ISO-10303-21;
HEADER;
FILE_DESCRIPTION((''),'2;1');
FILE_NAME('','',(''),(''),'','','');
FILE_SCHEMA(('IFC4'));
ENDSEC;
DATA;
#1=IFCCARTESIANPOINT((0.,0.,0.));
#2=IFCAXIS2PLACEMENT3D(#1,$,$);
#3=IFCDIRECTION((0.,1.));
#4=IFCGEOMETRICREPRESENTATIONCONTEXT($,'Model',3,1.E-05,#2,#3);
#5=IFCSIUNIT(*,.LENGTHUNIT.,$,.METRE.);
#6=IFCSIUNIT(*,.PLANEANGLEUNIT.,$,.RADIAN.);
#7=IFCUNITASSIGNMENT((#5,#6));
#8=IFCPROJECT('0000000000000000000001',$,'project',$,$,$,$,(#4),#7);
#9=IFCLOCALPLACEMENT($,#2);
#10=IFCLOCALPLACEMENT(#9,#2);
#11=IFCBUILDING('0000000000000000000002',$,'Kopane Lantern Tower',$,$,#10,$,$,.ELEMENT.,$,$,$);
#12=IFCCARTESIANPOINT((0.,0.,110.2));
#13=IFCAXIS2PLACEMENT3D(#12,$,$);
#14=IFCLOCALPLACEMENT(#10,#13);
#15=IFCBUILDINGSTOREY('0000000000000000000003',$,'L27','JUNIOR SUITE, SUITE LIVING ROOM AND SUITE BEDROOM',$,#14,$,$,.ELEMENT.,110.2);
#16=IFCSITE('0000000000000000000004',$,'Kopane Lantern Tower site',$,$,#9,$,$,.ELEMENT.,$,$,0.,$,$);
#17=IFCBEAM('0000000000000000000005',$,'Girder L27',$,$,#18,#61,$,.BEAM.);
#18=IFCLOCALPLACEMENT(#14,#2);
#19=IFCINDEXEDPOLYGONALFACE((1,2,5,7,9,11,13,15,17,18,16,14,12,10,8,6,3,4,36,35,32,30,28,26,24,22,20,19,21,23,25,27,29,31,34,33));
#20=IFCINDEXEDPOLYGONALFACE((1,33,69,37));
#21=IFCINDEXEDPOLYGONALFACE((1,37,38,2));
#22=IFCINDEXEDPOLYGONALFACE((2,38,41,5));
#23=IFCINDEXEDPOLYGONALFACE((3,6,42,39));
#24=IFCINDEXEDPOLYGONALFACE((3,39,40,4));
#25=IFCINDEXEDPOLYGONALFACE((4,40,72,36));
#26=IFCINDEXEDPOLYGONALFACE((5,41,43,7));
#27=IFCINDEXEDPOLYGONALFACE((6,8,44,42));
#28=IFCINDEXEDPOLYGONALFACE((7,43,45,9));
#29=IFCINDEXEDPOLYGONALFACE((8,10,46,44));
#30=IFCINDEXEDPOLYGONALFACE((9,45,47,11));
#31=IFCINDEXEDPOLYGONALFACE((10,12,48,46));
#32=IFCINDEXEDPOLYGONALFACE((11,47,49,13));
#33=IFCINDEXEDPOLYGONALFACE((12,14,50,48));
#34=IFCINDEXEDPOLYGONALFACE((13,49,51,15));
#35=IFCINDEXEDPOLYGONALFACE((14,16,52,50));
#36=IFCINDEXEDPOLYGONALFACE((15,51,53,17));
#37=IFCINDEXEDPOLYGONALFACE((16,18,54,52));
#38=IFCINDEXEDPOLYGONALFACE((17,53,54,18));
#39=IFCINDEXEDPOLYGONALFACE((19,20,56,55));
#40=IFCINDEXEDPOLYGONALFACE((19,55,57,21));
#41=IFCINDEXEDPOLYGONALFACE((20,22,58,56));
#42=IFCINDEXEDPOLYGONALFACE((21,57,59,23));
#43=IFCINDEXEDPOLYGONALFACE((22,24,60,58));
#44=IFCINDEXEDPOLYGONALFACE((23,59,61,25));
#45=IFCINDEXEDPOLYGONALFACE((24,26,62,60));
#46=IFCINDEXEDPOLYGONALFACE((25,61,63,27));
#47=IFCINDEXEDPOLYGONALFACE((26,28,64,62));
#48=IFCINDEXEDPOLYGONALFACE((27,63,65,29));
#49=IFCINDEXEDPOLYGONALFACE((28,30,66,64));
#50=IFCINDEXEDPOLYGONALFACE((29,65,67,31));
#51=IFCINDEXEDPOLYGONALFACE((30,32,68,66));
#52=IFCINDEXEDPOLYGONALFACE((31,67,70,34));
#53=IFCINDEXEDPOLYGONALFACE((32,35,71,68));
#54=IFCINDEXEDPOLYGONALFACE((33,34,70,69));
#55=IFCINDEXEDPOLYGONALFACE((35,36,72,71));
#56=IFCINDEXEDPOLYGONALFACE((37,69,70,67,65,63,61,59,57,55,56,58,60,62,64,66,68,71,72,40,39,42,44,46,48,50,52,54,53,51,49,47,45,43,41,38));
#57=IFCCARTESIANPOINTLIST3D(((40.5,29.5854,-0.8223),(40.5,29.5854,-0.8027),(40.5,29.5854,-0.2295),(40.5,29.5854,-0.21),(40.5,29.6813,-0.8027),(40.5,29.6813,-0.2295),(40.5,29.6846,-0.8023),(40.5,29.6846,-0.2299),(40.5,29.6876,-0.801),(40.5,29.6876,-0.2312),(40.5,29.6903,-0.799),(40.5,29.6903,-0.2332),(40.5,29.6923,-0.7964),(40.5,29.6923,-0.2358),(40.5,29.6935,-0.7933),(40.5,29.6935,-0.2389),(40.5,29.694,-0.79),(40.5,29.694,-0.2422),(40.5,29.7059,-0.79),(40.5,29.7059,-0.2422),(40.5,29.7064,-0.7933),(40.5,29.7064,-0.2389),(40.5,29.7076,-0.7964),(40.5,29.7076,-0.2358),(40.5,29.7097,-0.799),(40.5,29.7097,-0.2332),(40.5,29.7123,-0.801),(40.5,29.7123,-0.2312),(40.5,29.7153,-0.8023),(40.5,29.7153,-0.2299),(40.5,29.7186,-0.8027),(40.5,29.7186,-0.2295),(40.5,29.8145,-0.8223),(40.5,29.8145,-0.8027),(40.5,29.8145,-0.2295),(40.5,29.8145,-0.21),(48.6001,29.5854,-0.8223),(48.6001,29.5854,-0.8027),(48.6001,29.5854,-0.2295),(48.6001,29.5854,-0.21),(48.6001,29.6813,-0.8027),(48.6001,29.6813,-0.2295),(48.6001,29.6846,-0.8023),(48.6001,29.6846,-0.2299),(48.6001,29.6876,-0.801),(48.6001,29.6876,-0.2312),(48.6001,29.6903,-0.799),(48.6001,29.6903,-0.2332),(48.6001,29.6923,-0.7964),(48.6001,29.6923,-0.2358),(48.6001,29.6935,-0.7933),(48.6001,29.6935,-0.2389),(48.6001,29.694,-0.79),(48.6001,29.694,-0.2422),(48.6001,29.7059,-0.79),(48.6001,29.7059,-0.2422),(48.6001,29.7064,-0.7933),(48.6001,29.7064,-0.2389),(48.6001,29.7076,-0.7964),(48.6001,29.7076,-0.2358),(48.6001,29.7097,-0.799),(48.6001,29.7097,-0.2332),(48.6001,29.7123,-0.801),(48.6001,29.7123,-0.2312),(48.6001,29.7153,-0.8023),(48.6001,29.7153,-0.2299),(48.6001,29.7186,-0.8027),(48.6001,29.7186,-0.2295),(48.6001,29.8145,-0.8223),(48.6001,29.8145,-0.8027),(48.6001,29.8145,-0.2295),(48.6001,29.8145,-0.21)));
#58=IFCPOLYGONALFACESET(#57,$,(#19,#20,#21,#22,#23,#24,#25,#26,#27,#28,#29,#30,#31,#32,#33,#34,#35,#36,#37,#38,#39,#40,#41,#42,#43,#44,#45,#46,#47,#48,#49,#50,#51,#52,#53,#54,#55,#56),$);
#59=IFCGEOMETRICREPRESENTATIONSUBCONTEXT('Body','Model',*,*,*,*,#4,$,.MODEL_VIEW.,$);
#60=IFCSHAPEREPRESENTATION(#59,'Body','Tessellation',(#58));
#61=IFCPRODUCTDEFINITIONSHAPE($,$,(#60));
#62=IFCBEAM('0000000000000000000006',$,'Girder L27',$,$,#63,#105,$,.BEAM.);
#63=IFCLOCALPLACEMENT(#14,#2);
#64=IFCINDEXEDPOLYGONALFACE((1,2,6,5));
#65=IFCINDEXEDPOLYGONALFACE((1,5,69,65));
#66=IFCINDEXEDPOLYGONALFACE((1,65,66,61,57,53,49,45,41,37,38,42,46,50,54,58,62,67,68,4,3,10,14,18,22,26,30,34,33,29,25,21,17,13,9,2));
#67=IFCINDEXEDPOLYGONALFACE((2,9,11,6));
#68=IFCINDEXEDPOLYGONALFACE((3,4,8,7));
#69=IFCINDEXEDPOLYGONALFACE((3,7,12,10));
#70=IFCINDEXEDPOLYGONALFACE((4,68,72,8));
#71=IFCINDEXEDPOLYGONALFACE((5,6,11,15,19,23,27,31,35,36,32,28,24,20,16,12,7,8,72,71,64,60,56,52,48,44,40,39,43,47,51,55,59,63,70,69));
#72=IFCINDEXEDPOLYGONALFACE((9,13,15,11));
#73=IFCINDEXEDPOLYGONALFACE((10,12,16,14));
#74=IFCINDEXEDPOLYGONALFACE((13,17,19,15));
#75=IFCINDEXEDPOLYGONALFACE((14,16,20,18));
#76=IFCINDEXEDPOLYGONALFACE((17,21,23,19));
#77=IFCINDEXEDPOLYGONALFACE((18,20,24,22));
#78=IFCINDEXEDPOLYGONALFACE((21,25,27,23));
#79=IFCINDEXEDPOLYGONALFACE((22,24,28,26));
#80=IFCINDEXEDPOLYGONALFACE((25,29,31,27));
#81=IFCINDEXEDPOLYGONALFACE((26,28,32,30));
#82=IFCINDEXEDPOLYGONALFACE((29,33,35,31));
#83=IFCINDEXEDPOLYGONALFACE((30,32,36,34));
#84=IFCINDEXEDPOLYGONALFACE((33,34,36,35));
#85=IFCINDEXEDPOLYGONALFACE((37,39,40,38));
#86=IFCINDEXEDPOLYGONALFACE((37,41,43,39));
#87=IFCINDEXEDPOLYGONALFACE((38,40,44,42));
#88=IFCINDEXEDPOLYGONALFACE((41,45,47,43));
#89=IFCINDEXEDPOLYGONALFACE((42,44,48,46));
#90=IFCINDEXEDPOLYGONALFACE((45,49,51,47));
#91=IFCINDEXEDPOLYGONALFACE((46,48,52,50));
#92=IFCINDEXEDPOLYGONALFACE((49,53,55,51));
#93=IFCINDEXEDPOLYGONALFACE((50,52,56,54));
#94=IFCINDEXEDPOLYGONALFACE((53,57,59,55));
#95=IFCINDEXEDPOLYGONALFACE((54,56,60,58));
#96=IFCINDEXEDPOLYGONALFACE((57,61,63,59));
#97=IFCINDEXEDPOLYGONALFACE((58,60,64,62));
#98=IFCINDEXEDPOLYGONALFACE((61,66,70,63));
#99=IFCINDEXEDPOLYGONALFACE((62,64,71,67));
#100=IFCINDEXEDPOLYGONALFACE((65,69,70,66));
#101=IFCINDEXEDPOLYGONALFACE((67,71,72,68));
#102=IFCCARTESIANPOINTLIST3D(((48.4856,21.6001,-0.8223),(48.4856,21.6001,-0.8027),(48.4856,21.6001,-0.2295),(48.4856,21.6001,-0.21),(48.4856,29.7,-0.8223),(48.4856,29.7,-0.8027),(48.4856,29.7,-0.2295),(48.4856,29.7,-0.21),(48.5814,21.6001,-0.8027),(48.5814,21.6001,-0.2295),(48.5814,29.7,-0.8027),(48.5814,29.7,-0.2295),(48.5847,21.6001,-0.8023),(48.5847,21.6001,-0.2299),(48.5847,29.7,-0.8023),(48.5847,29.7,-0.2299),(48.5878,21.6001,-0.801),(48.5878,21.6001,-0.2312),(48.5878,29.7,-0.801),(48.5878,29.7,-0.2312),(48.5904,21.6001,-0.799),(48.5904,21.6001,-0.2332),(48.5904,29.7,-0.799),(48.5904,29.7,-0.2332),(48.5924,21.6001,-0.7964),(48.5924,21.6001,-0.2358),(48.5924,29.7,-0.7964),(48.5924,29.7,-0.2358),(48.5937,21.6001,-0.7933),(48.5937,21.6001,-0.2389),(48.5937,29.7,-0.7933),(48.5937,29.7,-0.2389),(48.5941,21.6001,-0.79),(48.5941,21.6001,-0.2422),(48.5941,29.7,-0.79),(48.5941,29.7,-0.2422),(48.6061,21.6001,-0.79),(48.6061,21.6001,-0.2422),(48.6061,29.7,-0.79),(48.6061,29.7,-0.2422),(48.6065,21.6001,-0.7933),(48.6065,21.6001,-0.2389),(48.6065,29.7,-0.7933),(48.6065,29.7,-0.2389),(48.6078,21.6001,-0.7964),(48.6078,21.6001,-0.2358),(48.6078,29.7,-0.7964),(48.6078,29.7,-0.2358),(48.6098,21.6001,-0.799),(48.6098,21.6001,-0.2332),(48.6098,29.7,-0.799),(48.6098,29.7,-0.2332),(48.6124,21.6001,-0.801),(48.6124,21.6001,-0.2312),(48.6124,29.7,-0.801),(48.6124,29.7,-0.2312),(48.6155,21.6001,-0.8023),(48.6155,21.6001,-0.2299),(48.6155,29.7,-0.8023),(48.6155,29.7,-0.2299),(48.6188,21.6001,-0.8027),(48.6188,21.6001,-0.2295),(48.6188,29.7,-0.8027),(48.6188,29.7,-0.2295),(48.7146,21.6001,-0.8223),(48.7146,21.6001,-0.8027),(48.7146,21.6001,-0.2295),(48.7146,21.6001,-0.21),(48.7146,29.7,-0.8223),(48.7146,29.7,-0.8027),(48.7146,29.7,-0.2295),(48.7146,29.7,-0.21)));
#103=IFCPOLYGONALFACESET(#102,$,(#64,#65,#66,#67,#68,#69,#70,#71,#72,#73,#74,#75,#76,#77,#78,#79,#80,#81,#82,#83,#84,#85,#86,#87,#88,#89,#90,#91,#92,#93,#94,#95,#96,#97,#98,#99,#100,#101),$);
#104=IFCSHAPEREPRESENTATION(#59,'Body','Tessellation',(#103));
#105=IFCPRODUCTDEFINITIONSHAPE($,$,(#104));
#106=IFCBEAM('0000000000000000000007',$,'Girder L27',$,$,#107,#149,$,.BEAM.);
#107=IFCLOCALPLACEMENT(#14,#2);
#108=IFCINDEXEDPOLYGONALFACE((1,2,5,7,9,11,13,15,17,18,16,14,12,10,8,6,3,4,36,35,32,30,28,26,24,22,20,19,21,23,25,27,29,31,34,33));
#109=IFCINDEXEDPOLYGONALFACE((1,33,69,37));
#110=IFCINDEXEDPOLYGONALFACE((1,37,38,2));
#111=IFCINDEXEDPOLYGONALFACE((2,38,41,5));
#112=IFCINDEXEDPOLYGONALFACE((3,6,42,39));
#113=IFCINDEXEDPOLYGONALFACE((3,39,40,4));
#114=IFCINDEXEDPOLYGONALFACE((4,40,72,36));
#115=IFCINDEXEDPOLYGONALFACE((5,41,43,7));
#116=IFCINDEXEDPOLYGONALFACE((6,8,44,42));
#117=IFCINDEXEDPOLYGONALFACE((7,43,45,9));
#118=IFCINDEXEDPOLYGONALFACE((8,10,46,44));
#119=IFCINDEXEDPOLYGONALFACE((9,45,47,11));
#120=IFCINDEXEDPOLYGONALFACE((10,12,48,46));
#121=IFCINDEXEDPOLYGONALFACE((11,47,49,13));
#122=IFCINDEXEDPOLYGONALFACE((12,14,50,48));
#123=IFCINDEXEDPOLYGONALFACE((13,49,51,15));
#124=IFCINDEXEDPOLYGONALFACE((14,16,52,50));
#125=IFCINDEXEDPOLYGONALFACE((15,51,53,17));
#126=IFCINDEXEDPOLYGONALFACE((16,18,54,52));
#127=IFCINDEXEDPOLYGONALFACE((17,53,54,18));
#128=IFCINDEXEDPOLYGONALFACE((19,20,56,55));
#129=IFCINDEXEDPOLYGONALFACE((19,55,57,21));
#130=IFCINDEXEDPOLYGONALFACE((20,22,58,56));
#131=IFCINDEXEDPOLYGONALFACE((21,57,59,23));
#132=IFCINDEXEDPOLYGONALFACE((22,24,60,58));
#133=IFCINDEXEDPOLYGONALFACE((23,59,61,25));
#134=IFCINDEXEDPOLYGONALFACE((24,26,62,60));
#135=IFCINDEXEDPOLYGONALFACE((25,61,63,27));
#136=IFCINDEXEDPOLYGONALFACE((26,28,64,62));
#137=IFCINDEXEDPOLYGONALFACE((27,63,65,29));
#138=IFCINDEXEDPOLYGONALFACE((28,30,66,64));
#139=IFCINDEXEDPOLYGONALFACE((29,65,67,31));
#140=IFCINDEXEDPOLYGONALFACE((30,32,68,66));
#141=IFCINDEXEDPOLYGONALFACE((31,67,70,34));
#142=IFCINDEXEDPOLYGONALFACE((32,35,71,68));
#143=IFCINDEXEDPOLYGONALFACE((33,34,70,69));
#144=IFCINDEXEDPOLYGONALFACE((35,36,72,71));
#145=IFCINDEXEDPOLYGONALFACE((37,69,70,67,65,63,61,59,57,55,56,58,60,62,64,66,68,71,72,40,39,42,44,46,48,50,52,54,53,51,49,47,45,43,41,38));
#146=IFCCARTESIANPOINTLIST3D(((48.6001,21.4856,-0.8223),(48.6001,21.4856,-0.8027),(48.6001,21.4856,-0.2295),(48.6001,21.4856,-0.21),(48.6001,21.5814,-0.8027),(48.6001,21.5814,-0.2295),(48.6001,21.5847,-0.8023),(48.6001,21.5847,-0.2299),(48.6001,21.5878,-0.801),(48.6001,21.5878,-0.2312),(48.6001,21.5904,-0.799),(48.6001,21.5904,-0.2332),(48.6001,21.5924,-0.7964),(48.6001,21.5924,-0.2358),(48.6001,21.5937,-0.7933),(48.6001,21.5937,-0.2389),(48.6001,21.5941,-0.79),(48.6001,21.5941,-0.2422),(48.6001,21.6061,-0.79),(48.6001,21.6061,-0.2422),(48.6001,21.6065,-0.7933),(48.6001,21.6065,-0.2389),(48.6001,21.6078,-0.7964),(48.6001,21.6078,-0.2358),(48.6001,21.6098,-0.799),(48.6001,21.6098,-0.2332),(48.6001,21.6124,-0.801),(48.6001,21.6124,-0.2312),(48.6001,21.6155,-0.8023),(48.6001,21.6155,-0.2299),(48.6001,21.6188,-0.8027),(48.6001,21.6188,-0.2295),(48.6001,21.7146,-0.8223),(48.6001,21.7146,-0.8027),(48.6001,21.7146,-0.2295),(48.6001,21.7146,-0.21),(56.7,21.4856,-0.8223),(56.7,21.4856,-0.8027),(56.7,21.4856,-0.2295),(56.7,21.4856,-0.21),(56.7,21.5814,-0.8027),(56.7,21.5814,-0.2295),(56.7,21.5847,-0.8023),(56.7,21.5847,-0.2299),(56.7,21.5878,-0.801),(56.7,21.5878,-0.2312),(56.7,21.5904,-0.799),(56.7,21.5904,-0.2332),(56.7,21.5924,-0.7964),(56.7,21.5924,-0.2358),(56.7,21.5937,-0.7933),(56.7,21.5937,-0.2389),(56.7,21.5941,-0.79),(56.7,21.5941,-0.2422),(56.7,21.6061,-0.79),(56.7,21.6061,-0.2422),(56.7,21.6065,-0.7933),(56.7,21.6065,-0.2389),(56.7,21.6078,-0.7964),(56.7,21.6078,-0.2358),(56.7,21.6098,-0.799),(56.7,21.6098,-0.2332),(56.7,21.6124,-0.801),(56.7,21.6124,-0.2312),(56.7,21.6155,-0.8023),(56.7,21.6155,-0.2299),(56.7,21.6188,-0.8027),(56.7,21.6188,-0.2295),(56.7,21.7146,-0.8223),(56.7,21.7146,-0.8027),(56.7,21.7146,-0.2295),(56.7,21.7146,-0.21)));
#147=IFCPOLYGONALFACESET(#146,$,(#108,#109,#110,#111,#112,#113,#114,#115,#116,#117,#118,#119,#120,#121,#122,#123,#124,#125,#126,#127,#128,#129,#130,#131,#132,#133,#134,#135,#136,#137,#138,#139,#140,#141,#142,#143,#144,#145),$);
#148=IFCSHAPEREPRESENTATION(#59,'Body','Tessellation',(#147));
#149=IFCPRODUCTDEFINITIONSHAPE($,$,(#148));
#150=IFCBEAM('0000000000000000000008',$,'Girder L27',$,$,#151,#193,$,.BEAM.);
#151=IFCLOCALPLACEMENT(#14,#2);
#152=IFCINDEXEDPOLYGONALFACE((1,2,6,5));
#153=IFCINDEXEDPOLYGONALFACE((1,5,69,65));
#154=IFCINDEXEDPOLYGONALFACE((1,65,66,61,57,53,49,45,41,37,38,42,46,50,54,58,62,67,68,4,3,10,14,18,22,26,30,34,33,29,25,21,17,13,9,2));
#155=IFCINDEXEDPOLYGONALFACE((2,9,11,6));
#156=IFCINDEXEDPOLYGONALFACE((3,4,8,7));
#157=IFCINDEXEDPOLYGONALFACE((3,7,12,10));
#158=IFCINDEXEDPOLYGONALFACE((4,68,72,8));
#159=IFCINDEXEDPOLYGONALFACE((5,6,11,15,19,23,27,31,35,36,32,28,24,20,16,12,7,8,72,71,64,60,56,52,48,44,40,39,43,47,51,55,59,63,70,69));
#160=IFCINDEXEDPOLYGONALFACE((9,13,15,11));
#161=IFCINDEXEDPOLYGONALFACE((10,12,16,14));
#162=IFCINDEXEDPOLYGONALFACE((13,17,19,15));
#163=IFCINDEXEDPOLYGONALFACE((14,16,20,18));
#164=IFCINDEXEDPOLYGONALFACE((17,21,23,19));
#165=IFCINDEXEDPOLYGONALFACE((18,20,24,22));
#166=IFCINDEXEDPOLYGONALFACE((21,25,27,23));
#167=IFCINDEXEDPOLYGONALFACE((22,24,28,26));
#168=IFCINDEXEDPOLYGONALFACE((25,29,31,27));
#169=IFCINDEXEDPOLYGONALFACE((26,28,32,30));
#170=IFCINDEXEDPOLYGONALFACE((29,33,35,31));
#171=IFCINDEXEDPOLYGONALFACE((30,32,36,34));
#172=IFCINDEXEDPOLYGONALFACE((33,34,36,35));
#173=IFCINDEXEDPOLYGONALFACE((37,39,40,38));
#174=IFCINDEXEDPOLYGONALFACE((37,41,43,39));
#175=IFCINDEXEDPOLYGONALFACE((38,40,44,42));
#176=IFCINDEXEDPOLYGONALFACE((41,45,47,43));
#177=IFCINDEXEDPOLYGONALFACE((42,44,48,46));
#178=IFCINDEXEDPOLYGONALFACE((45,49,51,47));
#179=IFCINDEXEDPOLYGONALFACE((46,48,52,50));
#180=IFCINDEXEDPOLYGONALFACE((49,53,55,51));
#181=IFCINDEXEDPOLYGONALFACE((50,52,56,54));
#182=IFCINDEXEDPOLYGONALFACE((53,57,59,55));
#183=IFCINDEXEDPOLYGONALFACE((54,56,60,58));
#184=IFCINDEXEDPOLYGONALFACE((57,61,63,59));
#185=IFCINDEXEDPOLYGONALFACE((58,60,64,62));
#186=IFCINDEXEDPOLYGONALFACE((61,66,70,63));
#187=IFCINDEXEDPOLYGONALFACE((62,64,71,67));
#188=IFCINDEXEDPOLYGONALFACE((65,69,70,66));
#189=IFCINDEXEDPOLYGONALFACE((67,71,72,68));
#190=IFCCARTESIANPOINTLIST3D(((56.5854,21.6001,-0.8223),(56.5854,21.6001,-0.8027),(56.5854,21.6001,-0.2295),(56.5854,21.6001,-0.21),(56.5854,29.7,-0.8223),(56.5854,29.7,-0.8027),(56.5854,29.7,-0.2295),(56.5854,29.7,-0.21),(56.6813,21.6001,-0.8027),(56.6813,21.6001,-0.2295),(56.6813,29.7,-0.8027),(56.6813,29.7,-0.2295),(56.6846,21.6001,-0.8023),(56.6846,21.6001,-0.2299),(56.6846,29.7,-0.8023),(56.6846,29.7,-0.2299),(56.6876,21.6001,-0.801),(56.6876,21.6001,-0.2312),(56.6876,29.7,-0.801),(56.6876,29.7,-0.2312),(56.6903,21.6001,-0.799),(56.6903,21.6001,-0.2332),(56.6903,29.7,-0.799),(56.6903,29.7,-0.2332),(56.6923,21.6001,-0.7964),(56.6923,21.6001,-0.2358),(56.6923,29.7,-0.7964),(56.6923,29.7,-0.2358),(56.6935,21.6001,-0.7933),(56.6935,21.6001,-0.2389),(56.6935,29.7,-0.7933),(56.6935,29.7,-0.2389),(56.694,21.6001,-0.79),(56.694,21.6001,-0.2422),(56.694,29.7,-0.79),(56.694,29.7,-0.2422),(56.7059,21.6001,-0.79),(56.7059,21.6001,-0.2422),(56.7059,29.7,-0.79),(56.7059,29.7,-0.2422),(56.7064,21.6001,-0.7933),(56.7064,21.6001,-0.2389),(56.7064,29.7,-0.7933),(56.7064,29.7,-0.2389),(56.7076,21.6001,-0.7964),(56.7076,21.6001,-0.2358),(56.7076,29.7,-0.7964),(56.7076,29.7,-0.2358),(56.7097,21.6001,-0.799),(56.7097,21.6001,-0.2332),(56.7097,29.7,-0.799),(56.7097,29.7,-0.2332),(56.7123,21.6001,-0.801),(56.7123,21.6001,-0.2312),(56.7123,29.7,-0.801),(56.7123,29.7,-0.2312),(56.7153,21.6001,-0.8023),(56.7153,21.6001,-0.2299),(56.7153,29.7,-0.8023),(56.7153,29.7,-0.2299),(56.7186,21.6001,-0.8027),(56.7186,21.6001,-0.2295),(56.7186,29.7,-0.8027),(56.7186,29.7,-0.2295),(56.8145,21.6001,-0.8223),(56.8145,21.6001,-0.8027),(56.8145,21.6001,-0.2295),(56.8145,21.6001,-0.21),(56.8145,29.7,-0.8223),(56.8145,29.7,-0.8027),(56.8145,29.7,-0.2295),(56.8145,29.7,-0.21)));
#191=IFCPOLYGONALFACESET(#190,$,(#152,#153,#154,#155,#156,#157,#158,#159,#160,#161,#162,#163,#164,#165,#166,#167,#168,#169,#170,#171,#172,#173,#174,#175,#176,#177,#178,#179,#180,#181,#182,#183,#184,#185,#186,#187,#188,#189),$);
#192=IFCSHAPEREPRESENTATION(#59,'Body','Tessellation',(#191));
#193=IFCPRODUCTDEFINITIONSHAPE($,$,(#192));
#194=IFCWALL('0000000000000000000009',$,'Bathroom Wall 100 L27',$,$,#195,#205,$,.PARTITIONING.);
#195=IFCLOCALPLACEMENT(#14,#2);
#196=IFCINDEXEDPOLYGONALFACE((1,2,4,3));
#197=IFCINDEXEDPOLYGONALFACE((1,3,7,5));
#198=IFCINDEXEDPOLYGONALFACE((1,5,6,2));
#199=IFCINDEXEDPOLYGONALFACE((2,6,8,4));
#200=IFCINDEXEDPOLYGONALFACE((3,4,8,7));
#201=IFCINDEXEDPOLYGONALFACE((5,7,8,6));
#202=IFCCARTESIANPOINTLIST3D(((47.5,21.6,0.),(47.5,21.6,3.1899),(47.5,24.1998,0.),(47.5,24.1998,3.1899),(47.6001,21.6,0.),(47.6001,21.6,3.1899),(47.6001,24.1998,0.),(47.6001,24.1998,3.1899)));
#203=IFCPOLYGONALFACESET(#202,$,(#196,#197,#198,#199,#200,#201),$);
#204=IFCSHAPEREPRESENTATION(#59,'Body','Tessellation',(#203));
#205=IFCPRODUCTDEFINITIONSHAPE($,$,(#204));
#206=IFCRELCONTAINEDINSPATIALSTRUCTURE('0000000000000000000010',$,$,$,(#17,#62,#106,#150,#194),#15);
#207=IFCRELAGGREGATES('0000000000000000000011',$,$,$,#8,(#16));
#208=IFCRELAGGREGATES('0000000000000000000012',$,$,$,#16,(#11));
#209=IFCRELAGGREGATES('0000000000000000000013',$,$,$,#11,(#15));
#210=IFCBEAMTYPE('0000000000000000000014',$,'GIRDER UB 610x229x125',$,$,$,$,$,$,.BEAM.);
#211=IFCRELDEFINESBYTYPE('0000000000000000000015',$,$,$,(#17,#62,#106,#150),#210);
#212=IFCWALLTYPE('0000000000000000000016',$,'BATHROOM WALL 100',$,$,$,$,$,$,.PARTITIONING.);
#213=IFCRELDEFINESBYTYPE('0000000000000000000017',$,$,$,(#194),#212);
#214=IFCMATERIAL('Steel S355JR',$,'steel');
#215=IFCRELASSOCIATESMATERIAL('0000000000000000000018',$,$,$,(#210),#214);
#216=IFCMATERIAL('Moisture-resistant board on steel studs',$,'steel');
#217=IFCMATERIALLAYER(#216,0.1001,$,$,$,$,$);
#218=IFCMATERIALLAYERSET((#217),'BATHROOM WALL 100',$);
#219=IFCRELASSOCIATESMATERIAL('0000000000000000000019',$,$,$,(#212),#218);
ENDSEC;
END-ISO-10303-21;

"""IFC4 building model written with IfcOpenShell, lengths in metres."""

from ifc_helpers import new_model, si_unit, direction, frame, frame_2d, origin, origin_2d, place, context, subcontext, project, spatial, rectangle, i_section, extrude, material, layer, layer_set, material_profile, profile_set, type_object, element, save


model = new_model("IFC4")

# Units and contexts
model_context = context("Model", 3, precision=1e-05, world=origin(), true_north=direction((0.0, 1.0)))
body_context = subcontext(model_context, "Body", "Model", "MODEL_VIEW")
ifc_project = project(units=[si_unit("LENGTHUNIT", "METRE"), si_unit("PLANEANGLEUNIT", "RADIAN")], contexts=[model_context])

# Site, building, storey
site_placement = place(None, origin())
site = spatial("IfcSite", under=ifc_project, at=site_placement, Name="Kopane Lantern Tower site", CompositionType="ELEMENT", RefElevation=0.0)
building_placement = place(site_placement, origin())
building = spatial("IfcBuilding", under=site, at=building_placement, Name="Kopane Lantern Tower", CompositionType="ELEMENT")
storey_placement = place(building_placement, frame((0.0, 0.0, 110.2)))
storey = spatial("IfcBuildingStorey", under=building, at=storey_placement, Name="L27", Description="JUNIOR SUITE, SUITE LIVING ROOM AND SUITE BEDROOM", CompositionType="ELEMENT", Elevation=110.2)

# Beams
ifc_material_1 = material(Name="Steel S355JR", Category="steel")
ifc_material_profile_1 = material_profile(ifc_material_1, i_section(OverallWidth=0.229, OverallDepth=0.6123, WebThickness=0.012, FlangeThickness=0.0195, FilletRadius=0.0127, at=origin_2d()), Name="UB 610x229x125")
ifc_profile_set_1 = profile_set([ifc_material_profile_1], Name="Steel S355JR")
beam_type = type_object("IfcBeamType", Name="GIRDER UB 610x229x125", PredefinedType="BEAM", material=ifc_profile_set_1)
beam_1_placement = place(storey_placement, frame((40.5, 29.7, -0.5161), z_axis=(1.0, 0.0, 0.0), x_axis=(0.0, 1.0, 0.0)))
element("IfcBeam", 1, at=beam_1_placement, inside=storey, type_object=beam_type, Name="Girder L27", PredefinedType="BEAM", context=body_context, shape_type="SweptSolid", body=[
    extrude(i_section(OverallWidth=0.229, OverallDepth=0.6123, WebThickness=0.012, FlangeThickness=0.0195, FilletRadius=0.0127, at=origin_2d()), origin(), (0.0, 0.0, 1.0), 8.1001),
])
for number, where, z_axis, x_axis, name in (
    (2, (48.6001, 21.6001, -0.5161), (0.0, 1.0, 0.0), (-1.0, 0.0, 0.0), "Girder L27"),
    (3, (48.6001, 21.6001, -0.5161), (1.0, 0.0, 0.0), (0.0, 1.0, 0.0), "Girder L27"),
    (4, (56.7, 21.6001, -0.5161), (0.0, 1.0, 0.0), (-1.0, 0.0, 0.0), "Girder L27"),
):
    element("IfcBeam", number, at=place(storey_placement, frame(where, z_axis=z_axis, x_axis=x_axis)), inside=storey, type_object=beam_type, Name=name, PredefinedType="BEAM", context=body_context, shape_type="SweptSolid", body=[
        extrude(i_section(OverallWidth=0.229, OverallDepth=0.6123, WebThickness=0.012, FlangeThickness=0.0195, FilletRadius=0.0127, at=origin_2d()), origin(), (0.0, 0.0, 1.0), 8.0999),
    ])

# Wall
ifc_material_2 = material(Name="Moisture-resistant board on steel studs", Category="steel")
ifc_layer_1 = layer(ifc_material_2, 0.1001)
ifc_layer_set_1 = layer_set([ifc_layer_1], Name="BATHROOM WALL 100")
wall_type_1 = type_object("IfcWallType", Name="BATHROOM WALL 100", PredefinedType="PARTITIONING", material=ifc_layer_set_1)
wall_1_placement = place(storey_placement, frame((47.55, 21.6001, 0.0), z_axis=(0.0, 0.0, 1.0), x_axis=(0.0, 1.0, 0.0)))
element("IfcWall", 5, at=wall_1_placement, inside=storey, type_object=wall_type_1, Name="Bathroom Wall 100 L27", PredefinedType="PARTITIONING", context=body_context, shape_type="SweptSolid", body=[
    extrude(rectangle(XDim=2.5999, YDim=0.1001, at=frame_2d((1.2998, 0.0))), origin(), (0.0, 0.0, 1.0), 3.1899),
])

save(model, "model.ifc")
